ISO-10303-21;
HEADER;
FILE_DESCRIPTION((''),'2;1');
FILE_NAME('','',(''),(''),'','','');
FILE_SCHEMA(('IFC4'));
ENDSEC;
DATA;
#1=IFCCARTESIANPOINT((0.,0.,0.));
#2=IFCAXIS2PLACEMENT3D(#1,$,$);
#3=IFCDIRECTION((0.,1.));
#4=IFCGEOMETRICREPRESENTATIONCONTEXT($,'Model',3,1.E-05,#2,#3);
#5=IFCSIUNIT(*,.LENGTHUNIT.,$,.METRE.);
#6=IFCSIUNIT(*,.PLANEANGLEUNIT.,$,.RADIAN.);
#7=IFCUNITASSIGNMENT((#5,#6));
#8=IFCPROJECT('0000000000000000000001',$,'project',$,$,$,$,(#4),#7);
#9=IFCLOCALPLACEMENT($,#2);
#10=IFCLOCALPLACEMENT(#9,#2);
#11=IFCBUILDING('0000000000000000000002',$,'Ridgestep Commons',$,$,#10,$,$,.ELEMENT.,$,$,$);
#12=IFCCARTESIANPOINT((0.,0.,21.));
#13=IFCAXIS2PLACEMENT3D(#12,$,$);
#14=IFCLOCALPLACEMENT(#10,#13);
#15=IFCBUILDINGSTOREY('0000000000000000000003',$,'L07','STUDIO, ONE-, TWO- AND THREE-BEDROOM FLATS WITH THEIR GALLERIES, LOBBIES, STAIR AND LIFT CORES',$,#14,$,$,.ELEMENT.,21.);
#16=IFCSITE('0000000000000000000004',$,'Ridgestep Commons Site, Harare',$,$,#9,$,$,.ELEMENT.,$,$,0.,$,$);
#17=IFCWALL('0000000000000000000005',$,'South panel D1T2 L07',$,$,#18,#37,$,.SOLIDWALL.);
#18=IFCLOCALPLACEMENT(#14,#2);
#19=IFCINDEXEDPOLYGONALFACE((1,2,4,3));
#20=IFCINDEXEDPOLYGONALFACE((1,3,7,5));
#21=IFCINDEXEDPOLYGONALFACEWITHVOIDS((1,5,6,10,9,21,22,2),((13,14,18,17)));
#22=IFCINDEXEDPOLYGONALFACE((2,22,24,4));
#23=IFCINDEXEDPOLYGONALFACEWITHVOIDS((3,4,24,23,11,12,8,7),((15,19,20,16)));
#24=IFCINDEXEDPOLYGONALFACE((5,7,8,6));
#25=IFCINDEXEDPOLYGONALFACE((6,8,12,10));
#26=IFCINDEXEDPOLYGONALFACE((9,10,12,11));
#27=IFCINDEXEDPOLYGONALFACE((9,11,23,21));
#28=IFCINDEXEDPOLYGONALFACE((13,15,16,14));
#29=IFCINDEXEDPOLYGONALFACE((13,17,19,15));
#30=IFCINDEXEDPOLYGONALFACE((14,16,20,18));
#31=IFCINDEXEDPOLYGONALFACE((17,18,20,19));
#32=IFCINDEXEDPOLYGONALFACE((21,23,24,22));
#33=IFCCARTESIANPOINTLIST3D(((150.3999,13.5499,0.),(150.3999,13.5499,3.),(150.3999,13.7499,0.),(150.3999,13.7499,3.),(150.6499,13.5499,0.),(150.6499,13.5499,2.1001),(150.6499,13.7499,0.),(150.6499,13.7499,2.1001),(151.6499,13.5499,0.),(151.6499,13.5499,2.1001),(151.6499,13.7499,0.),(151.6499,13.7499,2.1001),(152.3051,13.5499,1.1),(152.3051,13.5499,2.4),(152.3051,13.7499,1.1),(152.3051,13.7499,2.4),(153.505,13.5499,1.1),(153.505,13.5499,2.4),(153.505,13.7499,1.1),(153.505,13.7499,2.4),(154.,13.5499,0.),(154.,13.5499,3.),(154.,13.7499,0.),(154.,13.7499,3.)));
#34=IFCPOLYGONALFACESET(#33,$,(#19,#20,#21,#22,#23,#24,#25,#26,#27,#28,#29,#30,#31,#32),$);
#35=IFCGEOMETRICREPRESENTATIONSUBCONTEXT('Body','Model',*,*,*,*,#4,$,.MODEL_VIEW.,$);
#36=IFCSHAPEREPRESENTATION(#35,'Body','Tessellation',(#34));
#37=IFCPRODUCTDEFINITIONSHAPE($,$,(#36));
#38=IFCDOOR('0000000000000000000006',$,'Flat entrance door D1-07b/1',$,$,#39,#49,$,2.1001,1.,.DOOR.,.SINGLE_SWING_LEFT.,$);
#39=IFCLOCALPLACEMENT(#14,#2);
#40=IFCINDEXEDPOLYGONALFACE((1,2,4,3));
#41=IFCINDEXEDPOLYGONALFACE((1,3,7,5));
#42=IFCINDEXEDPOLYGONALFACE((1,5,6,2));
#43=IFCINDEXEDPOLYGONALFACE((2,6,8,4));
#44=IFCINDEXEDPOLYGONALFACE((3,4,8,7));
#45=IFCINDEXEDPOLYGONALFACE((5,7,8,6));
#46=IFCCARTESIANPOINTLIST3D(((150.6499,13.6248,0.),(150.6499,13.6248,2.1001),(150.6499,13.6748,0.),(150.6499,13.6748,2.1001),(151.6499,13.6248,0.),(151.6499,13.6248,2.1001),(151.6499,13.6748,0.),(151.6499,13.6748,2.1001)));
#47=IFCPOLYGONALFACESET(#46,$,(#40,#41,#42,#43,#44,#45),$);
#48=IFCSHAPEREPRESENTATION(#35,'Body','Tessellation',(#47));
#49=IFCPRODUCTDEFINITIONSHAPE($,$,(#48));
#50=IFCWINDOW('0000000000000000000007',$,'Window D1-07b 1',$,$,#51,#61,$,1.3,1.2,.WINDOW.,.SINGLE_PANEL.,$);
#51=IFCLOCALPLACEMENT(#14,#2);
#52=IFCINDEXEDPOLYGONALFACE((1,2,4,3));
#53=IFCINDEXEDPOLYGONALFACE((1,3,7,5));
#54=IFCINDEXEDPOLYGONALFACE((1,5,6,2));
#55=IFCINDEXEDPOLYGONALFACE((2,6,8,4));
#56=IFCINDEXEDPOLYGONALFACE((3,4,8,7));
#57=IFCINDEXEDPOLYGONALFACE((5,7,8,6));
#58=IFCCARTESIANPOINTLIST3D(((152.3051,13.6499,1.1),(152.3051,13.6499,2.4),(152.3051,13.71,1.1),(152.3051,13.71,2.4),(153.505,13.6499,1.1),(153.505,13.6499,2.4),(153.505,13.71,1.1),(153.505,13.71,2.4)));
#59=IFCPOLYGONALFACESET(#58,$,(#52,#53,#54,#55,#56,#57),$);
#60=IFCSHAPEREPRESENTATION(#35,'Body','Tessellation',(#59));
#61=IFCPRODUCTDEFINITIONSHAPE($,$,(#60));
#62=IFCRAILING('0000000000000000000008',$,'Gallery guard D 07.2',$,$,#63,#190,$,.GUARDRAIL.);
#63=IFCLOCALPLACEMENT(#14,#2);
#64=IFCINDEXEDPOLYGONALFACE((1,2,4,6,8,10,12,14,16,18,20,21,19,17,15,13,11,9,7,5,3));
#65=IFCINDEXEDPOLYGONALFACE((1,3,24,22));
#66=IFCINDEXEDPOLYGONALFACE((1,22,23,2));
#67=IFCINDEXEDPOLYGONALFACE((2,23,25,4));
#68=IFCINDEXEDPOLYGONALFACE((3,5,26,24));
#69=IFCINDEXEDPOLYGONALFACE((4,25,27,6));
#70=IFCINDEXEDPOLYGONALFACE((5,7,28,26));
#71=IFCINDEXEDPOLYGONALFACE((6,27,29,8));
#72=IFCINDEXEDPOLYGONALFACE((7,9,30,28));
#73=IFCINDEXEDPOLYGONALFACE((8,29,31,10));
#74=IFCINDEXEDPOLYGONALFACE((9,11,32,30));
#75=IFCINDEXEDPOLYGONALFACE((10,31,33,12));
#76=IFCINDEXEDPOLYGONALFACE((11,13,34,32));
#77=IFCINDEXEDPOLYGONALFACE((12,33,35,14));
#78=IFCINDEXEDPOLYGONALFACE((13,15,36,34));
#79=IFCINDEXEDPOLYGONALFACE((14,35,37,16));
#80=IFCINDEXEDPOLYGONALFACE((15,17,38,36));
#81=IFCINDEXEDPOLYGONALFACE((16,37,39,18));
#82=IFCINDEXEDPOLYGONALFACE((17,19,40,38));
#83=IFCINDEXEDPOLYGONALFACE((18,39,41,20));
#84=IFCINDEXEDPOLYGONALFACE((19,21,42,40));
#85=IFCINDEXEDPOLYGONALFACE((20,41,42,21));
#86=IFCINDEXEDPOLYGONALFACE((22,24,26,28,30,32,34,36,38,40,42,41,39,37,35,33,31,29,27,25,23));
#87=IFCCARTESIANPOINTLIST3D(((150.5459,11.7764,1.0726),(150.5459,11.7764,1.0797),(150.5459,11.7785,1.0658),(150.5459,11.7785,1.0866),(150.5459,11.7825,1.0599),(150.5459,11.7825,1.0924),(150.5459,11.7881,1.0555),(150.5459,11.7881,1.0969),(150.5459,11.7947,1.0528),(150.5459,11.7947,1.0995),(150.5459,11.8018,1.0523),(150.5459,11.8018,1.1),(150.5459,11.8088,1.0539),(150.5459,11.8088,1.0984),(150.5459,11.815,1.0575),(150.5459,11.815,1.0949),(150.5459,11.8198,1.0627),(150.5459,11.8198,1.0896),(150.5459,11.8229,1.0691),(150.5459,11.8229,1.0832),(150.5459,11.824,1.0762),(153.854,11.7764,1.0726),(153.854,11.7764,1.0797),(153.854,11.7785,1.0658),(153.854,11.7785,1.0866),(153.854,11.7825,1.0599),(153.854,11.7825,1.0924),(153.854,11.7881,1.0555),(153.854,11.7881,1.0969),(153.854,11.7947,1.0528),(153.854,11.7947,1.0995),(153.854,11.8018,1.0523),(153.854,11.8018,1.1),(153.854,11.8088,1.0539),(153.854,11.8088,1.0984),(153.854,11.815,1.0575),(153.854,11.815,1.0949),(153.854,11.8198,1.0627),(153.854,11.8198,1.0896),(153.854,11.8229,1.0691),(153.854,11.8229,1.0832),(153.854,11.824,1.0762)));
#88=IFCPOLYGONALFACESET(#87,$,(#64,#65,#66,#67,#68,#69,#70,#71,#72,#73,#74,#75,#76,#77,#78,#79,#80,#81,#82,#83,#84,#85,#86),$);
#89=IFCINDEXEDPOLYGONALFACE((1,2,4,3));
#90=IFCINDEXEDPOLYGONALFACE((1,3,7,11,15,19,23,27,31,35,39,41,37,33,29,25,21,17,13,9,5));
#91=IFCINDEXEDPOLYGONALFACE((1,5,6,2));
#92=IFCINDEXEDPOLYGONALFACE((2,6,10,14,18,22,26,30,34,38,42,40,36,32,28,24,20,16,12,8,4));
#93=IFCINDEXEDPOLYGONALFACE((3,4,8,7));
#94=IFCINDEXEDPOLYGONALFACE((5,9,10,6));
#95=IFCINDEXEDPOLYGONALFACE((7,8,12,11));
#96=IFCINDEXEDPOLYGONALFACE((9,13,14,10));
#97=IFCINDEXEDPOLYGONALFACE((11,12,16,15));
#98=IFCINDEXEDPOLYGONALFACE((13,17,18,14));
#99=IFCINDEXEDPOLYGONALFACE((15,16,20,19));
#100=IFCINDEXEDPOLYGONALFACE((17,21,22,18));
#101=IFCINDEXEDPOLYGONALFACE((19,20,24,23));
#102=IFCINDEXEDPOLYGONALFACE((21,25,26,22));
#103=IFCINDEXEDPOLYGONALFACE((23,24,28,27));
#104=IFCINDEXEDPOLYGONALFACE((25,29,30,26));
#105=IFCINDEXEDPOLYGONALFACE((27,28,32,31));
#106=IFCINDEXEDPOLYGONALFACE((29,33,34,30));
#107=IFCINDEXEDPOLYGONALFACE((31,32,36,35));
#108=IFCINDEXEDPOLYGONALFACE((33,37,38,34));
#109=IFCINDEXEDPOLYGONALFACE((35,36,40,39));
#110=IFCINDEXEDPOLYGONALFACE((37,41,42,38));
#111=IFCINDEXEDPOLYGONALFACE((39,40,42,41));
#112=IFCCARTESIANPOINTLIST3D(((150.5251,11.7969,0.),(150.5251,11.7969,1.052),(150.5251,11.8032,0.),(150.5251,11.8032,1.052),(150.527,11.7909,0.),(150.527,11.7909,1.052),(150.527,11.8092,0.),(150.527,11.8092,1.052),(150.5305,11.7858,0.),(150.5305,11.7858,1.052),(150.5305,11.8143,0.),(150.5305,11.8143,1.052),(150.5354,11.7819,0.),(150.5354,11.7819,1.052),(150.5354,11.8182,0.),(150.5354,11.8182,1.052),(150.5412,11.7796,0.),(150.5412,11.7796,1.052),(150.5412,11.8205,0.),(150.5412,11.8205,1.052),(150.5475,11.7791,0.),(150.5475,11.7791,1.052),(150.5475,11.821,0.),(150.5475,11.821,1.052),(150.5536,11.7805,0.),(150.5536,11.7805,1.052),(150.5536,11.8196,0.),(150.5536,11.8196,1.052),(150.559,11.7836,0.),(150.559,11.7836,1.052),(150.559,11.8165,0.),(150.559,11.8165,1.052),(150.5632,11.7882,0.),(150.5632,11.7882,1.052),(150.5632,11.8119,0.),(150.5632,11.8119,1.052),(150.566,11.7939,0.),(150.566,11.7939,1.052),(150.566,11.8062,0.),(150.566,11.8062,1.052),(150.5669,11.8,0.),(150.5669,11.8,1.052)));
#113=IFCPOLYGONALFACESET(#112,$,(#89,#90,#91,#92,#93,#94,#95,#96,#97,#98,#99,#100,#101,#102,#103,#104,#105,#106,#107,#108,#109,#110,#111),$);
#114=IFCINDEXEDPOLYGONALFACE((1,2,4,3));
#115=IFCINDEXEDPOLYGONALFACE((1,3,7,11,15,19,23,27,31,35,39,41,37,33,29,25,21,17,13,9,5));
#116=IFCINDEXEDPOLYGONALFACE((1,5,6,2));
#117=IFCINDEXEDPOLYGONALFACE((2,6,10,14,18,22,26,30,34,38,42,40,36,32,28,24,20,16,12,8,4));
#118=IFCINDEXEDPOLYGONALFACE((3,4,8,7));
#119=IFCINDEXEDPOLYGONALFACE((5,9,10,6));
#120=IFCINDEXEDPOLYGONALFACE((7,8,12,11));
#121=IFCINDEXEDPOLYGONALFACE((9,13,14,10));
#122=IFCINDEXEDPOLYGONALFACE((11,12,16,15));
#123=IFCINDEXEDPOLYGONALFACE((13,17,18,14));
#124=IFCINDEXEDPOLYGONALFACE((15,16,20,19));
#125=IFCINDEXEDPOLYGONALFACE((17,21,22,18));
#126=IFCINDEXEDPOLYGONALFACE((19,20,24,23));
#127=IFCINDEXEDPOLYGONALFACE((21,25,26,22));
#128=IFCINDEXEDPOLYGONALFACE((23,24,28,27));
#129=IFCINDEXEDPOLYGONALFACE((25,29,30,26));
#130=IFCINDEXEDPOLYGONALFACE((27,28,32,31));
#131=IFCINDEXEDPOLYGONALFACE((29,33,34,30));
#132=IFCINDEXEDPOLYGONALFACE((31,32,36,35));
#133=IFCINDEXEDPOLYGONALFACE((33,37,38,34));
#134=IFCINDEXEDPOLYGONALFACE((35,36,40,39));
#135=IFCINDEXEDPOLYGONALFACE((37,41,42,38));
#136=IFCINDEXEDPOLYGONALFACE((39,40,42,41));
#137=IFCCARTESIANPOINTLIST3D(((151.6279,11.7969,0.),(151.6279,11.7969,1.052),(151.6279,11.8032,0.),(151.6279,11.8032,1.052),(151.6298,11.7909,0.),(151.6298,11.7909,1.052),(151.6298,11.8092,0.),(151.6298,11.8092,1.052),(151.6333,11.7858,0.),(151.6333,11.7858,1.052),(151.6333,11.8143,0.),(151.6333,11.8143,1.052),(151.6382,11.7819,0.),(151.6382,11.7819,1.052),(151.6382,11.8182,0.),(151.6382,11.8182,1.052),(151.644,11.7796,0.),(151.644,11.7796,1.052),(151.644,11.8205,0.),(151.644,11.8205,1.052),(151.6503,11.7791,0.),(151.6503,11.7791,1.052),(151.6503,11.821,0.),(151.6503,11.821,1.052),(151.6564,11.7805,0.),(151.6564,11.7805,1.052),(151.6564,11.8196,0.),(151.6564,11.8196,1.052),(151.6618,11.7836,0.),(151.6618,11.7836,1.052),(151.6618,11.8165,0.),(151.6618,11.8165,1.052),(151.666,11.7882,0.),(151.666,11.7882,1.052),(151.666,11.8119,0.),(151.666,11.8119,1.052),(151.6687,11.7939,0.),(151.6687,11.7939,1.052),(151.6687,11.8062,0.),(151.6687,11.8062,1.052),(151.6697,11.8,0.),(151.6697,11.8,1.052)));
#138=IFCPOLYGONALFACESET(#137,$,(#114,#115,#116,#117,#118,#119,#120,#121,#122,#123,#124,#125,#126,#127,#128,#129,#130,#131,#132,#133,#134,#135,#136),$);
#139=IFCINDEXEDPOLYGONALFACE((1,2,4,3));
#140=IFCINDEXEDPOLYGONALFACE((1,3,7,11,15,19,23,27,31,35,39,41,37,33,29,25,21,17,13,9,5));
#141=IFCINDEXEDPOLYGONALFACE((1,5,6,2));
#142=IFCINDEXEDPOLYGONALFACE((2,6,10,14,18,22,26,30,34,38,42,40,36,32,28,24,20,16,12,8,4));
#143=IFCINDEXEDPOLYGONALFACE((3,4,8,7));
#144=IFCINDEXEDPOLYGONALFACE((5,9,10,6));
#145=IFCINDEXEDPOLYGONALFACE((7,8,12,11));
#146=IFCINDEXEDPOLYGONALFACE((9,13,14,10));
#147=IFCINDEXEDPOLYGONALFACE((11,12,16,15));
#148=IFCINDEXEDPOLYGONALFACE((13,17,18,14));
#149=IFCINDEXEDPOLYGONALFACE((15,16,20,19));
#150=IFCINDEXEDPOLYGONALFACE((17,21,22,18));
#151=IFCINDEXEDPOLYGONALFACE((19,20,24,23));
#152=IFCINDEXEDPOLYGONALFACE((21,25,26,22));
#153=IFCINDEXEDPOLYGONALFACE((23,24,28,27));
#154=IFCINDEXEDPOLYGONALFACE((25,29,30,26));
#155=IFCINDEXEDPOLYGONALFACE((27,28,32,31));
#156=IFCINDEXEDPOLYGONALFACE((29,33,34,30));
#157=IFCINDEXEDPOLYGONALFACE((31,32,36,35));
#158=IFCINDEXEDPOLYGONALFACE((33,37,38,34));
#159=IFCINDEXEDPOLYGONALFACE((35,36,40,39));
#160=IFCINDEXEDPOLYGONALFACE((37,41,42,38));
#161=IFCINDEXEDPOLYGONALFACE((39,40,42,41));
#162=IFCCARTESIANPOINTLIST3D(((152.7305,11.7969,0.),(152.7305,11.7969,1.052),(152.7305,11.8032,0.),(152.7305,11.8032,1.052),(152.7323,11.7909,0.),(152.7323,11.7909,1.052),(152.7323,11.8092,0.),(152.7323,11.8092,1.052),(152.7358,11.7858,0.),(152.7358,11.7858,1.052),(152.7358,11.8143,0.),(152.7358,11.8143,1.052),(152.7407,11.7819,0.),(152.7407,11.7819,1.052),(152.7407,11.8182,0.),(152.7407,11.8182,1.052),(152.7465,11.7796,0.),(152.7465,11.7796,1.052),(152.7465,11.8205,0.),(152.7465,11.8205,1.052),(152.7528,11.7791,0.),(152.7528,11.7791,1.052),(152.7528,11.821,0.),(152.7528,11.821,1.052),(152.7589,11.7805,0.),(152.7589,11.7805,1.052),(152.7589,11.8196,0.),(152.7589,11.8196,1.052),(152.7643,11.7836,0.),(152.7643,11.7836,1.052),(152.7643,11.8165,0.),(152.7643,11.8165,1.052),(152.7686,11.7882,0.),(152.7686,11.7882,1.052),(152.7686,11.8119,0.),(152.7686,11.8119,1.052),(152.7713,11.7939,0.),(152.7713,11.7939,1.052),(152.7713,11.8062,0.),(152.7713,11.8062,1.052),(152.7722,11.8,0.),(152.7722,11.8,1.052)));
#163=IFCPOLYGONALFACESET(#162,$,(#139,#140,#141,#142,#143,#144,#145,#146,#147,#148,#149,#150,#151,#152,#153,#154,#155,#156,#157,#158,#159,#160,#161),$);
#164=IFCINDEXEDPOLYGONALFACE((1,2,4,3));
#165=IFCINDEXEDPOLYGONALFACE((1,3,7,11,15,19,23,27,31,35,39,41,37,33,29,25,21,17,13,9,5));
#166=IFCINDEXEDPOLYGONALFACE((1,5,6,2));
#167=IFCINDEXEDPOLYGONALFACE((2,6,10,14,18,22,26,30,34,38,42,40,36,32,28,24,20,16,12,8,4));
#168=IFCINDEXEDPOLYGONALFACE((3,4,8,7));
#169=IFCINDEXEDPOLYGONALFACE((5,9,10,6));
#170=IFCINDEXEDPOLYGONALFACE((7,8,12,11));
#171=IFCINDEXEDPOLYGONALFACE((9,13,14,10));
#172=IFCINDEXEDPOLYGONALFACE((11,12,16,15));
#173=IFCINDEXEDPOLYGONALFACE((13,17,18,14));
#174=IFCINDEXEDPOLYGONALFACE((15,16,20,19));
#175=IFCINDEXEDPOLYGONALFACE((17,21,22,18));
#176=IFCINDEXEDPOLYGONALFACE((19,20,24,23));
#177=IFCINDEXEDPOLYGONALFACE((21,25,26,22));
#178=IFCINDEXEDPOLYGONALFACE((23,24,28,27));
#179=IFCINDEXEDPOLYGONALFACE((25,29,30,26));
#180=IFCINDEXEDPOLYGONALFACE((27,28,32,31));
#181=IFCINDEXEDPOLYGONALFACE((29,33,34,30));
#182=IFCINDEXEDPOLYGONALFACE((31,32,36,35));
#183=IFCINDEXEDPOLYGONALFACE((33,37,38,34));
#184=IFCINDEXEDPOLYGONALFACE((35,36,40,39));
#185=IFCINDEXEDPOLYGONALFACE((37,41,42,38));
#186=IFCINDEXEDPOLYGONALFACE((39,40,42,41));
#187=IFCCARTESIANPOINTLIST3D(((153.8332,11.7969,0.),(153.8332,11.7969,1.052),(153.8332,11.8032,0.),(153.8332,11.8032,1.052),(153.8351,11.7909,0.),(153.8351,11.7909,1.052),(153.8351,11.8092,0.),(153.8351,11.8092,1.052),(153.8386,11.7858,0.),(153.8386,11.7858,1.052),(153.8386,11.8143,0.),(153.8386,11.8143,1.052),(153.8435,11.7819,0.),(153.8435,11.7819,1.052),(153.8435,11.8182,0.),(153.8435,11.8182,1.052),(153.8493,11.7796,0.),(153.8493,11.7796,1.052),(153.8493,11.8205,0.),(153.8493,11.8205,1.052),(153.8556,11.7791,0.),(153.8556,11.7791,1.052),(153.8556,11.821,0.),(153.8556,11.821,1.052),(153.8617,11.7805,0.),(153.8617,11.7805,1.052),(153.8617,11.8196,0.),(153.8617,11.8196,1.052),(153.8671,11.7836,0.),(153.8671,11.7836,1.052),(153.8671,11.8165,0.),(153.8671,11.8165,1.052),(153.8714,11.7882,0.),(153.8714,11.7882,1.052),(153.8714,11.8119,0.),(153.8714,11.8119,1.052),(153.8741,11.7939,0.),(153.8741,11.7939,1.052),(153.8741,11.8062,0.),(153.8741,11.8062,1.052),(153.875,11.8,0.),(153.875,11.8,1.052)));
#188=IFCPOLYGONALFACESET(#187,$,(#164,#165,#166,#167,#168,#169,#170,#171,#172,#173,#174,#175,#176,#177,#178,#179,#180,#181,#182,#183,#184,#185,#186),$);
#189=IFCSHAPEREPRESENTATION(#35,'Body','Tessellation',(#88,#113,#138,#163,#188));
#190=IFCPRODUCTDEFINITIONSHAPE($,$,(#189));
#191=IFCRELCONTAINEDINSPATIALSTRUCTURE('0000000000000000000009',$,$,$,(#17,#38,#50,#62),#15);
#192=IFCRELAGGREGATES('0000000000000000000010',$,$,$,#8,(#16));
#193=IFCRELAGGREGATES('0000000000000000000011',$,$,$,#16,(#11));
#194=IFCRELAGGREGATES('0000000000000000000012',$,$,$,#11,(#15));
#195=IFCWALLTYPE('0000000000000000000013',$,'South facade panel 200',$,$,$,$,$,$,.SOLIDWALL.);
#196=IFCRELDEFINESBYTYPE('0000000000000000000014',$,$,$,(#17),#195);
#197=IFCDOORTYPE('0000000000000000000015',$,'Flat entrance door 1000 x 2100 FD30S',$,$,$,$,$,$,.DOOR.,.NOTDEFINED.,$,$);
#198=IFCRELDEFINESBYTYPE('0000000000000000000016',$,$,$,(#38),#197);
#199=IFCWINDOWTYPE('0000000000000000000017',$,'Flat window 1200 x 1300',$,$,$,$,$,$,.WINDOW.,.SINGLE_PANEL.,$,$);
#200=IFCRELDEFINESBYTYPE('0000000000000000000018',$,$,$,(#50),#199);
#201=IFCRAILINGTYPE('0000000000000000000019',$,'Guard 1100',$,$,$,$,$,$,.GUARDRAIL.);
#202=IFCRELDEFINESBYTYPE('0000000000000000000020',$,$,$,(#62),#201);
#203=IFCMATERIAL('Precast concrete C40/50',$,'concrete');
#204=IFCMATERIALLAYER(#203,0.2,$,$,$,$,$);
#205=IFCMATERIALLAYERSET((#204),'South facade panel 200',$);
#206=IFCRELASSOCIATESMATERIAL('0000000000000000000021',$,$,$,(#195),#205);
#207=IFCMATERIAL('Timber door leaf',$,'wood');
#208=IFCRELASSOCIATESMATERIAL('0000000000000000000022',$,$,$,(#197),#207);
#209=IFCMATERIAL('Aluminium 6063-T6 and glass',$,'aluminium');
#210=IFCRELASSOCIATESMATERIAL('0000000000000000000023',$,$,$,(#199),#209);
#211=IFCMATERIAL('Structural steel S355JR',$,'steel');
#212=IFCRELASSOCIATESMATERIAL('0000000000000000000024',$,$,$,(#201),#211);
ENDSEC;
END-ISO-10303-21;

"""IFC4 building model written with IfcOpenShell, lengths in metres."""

from ifc_helpers import new_model, si_unit, direction, frame, frame_2d, origin, origin_2d, place, context, subcontext, project, spatial, rectangle, circle, extrude, material, layer, layer_set, type_object, element, fill, save


model = new_model("IFC4")

# Units and contexts
model_context = context("Model", 3, precision=1e-05, world=origin(), true_north=direction((0.0, 1.0)))
body_context = subcontext(model_context, "Body", "Model", "MODEL_VIEW")
ifc_project = project(units=[si_unit("LENGTHUNIT", "METRE"), si_unit("PLANEANGLEUNIT", "RADIAN")], contexts=[model_context])

# Site, building, storey
site_placement = place(None, origin())
site = spatial("IfcSite", under=ifc_project, at=site_placement, Name="Ridgestep Commons Site, Harare", CompositionType="ELEMENT", RefElevation=0.0)
building_placement = place(site_placement, origin())
building = spatial("IfcBuilding", under=site, at=building_placement, Name="Ridgestep Commons", CompositionType="ELEMENT")
storey_placement = place(building_placement, frame((0.0, 0.0, 21.0)))
storey = spatial("IfcBuildingStorey", under=building, at=storey_placement, Name="L07", Description="STUDIO, ONE-, TWO- AND THREE-BEDROOM FLATS WITH THEIR GALLERIES, LOBBIES, STAIR AND LIFT CORES", CompositionType="ELEMENT", Elevation=21.0)

# Wall, openings, door, window
ifc_material_1 = material(Name="Precast concrete C40/50", Category="concrete")
ifc_layer_1 = layer(ifc_material_1, 0.2)
ifc_layer_set_1 = layer_set([ifc_layer_1], Name="South facade panel 200")
wall_type_1 = type_object("IfcWallType", Name="South facade panel 200", PredefinedType="SOLIDWALL", material=ifc_layer_set_1)
wall_1_placement = place(storey_placement, frame((150.3999, 13.6499, 0.0), z_axis=(0.0, 0.0, 1.0), x_axis=(1.0, 0.0, 0.0)))
wall_1 = element("IfcWall", 1, at=wall_1_placement, inside=storey, type_object=wall_type_1, Name="South panel D1T2 L07", PredefinedType="SOLIDWALL", context=body_context, shape_type="SweptSolid", body=[
    extrude(rectangle(XDim=3.6001, YDim=0.2, at=frame_2d((1.8, 0.0))), origin(), (0.0, 0.0, 1.0), 3.0),
])
opening_1_placement = place(wall_1_placement, frame((1.905, 0.0, 1.1001)))
opening_1 = element("IfcOpeningElement", 2, at=opening_1_placement, cuts=wall_1, PredefinedType="OPENING", context=body_context, shape_type="SweptSolid", body=[
    extrude(rectangle(XDim=1.2, YDim=1.3, at=frame_2d((0.6001, 0.6499))), frame((0.0, 0.1099, 0.0), z_axis=(0.0, -1.0, 0.0), x_axis=(1.0, 0.0, 0.0)), (0.0, 0.0, 1.0), 0.22),
])
opening_2_placement = place(wall_1_placement, frame((0.25, 0.0, 0.0)))
opening_2 = element("IfcOpeningElement", 3, at=opening_2_placement, cuts=wall_1, PredefinedType="OPENING", context=body_context, shape_type="SweptSolid", body=[
    extrude(rectangle(XDim=1.0, YDim=2.1001, at=frame_2d((0.5, 1.05))), frame((0.0, 0.1099, 0.0), z_axis=(0.0, -1.0, 0.0), x_axis=(1.0, 0.0, 0.0)), (0.0, 0.0, 1.0), 0.22),
])
ifc_material_2 = material(Name="Timber door leaf", Category="wood")
door_type_1 = type_object("IfcDoorType", Name="Flat entrance door 1000 x 2100 FD30S", OperationType="NOTDEFINED", PredefinedType="DOOR", material=ifc_material_2)
door_1_placement = place(opening_2_placement, origin())
door_1 = element("IfcDoor", 4, at=door_1_placement, inside=storey, type_object=door_type_1, Name="Flat entrance door D1-07b/1", OperationType="SINGLE_SWING_LEFT", OverallHeight=2.1001, OverallWidth=1.0, PredefinedType="DOOR", context=body_context, shape_type="SweptSolid", body=[
    extrude(rectangle(XDim=1.0, YDim=2.1001, at=frame_2d((0.5, 1.05))), frame((0.0, 0.0249, 0.0), z_axis=(0.0, -1.0, 0.0), x_axis=(1.0, 0.0, 0.0)), (0.0, 0.0, 1.0), 0.05),
])
fill(opening_2, door_1)
ifc_material_3 = material(Name="Aluminium 6063-T6 and glass", Category="aluminium")
window_type = type_object("IfcWindowType", Name="Flat window 1200 x 1300", PartitioningType="SINGLE_PANEL", PredefinedType="WINDOW", material=ifc_material_3)
window_placement = place(opening_1_placement, origin())
window = element("IfcWindow", 5, at=window_placement, inside=storey, type_object=window_type, Name="Window D1-07b 1", OverallHeight=1.3, OverallWidth=1.2, PartitioningType="SINGLE_PANEL", PredefinedType="WINDOW", context=body_context, shape_type="SweptSolid", body=[
    extrude(rectangle(XDim=1.2, YDim=1.3, at=frame_2d((0.6001, 0.6499))), frame((0.0, 0.0601, 0.0), z_axis=(0.0, -1.0, 0.0), x_axis=(1.0, 0.0, 0.0)), (0.0, 0.0, 1.0), 0.0601),
])
fill(opening_1, window)

# Railing
ifc_material_4 = material(Name="Structural steel S355JR", Category="steel")
railing_type = type_object("IfcRailingType", Name="Guard 1100", PredefinedType="GUARDRAIL", material=ifc_material_4)
railing_placement = place(storey_placement, frame((150.5459, 11.8, 0.0)))
element("IfcRailing", 6, at=railing_placement, inside=storey, type_object=railing_type, Name="Gallery guard D 07.2", PredefinedType="GUARDRAIL", context=body_context, shape_type="SweptSolid", body=[
    extrude(circle(Radius=0.0239, at=origin_2d()), frame((0.0, 0.0, 1.0762), z_axis=(1.0, 0.0, 0.0), x_axis=(0.0, 1.0, 0.0)), (0.0, 0.0, 1.0), 3.3081),
    extrude(circle(Radius=0.021, at=origin_2d()), origin(), (0.0, 0.0, 1.0), 1.052),
    extrude(circle(Radius=0.021, at=origin_2d()), frame((1.1028, 0.0, 0.0)), (0.0, 0.0, 1.0), 1.052),
    extrude(circle(Radius=0.021, at=origin_2d()), frame((2.2053, 0.0, 0.0)), (0.0, 0.0, 1.0), 1.052),
    extrude(circle(Radius=0.021, at=origin_2d()), frame((3.3081, 0.0, 0.0)), (0.0, 0.0, 1.0), 1.052),
])

save(model, "model.ifc")
